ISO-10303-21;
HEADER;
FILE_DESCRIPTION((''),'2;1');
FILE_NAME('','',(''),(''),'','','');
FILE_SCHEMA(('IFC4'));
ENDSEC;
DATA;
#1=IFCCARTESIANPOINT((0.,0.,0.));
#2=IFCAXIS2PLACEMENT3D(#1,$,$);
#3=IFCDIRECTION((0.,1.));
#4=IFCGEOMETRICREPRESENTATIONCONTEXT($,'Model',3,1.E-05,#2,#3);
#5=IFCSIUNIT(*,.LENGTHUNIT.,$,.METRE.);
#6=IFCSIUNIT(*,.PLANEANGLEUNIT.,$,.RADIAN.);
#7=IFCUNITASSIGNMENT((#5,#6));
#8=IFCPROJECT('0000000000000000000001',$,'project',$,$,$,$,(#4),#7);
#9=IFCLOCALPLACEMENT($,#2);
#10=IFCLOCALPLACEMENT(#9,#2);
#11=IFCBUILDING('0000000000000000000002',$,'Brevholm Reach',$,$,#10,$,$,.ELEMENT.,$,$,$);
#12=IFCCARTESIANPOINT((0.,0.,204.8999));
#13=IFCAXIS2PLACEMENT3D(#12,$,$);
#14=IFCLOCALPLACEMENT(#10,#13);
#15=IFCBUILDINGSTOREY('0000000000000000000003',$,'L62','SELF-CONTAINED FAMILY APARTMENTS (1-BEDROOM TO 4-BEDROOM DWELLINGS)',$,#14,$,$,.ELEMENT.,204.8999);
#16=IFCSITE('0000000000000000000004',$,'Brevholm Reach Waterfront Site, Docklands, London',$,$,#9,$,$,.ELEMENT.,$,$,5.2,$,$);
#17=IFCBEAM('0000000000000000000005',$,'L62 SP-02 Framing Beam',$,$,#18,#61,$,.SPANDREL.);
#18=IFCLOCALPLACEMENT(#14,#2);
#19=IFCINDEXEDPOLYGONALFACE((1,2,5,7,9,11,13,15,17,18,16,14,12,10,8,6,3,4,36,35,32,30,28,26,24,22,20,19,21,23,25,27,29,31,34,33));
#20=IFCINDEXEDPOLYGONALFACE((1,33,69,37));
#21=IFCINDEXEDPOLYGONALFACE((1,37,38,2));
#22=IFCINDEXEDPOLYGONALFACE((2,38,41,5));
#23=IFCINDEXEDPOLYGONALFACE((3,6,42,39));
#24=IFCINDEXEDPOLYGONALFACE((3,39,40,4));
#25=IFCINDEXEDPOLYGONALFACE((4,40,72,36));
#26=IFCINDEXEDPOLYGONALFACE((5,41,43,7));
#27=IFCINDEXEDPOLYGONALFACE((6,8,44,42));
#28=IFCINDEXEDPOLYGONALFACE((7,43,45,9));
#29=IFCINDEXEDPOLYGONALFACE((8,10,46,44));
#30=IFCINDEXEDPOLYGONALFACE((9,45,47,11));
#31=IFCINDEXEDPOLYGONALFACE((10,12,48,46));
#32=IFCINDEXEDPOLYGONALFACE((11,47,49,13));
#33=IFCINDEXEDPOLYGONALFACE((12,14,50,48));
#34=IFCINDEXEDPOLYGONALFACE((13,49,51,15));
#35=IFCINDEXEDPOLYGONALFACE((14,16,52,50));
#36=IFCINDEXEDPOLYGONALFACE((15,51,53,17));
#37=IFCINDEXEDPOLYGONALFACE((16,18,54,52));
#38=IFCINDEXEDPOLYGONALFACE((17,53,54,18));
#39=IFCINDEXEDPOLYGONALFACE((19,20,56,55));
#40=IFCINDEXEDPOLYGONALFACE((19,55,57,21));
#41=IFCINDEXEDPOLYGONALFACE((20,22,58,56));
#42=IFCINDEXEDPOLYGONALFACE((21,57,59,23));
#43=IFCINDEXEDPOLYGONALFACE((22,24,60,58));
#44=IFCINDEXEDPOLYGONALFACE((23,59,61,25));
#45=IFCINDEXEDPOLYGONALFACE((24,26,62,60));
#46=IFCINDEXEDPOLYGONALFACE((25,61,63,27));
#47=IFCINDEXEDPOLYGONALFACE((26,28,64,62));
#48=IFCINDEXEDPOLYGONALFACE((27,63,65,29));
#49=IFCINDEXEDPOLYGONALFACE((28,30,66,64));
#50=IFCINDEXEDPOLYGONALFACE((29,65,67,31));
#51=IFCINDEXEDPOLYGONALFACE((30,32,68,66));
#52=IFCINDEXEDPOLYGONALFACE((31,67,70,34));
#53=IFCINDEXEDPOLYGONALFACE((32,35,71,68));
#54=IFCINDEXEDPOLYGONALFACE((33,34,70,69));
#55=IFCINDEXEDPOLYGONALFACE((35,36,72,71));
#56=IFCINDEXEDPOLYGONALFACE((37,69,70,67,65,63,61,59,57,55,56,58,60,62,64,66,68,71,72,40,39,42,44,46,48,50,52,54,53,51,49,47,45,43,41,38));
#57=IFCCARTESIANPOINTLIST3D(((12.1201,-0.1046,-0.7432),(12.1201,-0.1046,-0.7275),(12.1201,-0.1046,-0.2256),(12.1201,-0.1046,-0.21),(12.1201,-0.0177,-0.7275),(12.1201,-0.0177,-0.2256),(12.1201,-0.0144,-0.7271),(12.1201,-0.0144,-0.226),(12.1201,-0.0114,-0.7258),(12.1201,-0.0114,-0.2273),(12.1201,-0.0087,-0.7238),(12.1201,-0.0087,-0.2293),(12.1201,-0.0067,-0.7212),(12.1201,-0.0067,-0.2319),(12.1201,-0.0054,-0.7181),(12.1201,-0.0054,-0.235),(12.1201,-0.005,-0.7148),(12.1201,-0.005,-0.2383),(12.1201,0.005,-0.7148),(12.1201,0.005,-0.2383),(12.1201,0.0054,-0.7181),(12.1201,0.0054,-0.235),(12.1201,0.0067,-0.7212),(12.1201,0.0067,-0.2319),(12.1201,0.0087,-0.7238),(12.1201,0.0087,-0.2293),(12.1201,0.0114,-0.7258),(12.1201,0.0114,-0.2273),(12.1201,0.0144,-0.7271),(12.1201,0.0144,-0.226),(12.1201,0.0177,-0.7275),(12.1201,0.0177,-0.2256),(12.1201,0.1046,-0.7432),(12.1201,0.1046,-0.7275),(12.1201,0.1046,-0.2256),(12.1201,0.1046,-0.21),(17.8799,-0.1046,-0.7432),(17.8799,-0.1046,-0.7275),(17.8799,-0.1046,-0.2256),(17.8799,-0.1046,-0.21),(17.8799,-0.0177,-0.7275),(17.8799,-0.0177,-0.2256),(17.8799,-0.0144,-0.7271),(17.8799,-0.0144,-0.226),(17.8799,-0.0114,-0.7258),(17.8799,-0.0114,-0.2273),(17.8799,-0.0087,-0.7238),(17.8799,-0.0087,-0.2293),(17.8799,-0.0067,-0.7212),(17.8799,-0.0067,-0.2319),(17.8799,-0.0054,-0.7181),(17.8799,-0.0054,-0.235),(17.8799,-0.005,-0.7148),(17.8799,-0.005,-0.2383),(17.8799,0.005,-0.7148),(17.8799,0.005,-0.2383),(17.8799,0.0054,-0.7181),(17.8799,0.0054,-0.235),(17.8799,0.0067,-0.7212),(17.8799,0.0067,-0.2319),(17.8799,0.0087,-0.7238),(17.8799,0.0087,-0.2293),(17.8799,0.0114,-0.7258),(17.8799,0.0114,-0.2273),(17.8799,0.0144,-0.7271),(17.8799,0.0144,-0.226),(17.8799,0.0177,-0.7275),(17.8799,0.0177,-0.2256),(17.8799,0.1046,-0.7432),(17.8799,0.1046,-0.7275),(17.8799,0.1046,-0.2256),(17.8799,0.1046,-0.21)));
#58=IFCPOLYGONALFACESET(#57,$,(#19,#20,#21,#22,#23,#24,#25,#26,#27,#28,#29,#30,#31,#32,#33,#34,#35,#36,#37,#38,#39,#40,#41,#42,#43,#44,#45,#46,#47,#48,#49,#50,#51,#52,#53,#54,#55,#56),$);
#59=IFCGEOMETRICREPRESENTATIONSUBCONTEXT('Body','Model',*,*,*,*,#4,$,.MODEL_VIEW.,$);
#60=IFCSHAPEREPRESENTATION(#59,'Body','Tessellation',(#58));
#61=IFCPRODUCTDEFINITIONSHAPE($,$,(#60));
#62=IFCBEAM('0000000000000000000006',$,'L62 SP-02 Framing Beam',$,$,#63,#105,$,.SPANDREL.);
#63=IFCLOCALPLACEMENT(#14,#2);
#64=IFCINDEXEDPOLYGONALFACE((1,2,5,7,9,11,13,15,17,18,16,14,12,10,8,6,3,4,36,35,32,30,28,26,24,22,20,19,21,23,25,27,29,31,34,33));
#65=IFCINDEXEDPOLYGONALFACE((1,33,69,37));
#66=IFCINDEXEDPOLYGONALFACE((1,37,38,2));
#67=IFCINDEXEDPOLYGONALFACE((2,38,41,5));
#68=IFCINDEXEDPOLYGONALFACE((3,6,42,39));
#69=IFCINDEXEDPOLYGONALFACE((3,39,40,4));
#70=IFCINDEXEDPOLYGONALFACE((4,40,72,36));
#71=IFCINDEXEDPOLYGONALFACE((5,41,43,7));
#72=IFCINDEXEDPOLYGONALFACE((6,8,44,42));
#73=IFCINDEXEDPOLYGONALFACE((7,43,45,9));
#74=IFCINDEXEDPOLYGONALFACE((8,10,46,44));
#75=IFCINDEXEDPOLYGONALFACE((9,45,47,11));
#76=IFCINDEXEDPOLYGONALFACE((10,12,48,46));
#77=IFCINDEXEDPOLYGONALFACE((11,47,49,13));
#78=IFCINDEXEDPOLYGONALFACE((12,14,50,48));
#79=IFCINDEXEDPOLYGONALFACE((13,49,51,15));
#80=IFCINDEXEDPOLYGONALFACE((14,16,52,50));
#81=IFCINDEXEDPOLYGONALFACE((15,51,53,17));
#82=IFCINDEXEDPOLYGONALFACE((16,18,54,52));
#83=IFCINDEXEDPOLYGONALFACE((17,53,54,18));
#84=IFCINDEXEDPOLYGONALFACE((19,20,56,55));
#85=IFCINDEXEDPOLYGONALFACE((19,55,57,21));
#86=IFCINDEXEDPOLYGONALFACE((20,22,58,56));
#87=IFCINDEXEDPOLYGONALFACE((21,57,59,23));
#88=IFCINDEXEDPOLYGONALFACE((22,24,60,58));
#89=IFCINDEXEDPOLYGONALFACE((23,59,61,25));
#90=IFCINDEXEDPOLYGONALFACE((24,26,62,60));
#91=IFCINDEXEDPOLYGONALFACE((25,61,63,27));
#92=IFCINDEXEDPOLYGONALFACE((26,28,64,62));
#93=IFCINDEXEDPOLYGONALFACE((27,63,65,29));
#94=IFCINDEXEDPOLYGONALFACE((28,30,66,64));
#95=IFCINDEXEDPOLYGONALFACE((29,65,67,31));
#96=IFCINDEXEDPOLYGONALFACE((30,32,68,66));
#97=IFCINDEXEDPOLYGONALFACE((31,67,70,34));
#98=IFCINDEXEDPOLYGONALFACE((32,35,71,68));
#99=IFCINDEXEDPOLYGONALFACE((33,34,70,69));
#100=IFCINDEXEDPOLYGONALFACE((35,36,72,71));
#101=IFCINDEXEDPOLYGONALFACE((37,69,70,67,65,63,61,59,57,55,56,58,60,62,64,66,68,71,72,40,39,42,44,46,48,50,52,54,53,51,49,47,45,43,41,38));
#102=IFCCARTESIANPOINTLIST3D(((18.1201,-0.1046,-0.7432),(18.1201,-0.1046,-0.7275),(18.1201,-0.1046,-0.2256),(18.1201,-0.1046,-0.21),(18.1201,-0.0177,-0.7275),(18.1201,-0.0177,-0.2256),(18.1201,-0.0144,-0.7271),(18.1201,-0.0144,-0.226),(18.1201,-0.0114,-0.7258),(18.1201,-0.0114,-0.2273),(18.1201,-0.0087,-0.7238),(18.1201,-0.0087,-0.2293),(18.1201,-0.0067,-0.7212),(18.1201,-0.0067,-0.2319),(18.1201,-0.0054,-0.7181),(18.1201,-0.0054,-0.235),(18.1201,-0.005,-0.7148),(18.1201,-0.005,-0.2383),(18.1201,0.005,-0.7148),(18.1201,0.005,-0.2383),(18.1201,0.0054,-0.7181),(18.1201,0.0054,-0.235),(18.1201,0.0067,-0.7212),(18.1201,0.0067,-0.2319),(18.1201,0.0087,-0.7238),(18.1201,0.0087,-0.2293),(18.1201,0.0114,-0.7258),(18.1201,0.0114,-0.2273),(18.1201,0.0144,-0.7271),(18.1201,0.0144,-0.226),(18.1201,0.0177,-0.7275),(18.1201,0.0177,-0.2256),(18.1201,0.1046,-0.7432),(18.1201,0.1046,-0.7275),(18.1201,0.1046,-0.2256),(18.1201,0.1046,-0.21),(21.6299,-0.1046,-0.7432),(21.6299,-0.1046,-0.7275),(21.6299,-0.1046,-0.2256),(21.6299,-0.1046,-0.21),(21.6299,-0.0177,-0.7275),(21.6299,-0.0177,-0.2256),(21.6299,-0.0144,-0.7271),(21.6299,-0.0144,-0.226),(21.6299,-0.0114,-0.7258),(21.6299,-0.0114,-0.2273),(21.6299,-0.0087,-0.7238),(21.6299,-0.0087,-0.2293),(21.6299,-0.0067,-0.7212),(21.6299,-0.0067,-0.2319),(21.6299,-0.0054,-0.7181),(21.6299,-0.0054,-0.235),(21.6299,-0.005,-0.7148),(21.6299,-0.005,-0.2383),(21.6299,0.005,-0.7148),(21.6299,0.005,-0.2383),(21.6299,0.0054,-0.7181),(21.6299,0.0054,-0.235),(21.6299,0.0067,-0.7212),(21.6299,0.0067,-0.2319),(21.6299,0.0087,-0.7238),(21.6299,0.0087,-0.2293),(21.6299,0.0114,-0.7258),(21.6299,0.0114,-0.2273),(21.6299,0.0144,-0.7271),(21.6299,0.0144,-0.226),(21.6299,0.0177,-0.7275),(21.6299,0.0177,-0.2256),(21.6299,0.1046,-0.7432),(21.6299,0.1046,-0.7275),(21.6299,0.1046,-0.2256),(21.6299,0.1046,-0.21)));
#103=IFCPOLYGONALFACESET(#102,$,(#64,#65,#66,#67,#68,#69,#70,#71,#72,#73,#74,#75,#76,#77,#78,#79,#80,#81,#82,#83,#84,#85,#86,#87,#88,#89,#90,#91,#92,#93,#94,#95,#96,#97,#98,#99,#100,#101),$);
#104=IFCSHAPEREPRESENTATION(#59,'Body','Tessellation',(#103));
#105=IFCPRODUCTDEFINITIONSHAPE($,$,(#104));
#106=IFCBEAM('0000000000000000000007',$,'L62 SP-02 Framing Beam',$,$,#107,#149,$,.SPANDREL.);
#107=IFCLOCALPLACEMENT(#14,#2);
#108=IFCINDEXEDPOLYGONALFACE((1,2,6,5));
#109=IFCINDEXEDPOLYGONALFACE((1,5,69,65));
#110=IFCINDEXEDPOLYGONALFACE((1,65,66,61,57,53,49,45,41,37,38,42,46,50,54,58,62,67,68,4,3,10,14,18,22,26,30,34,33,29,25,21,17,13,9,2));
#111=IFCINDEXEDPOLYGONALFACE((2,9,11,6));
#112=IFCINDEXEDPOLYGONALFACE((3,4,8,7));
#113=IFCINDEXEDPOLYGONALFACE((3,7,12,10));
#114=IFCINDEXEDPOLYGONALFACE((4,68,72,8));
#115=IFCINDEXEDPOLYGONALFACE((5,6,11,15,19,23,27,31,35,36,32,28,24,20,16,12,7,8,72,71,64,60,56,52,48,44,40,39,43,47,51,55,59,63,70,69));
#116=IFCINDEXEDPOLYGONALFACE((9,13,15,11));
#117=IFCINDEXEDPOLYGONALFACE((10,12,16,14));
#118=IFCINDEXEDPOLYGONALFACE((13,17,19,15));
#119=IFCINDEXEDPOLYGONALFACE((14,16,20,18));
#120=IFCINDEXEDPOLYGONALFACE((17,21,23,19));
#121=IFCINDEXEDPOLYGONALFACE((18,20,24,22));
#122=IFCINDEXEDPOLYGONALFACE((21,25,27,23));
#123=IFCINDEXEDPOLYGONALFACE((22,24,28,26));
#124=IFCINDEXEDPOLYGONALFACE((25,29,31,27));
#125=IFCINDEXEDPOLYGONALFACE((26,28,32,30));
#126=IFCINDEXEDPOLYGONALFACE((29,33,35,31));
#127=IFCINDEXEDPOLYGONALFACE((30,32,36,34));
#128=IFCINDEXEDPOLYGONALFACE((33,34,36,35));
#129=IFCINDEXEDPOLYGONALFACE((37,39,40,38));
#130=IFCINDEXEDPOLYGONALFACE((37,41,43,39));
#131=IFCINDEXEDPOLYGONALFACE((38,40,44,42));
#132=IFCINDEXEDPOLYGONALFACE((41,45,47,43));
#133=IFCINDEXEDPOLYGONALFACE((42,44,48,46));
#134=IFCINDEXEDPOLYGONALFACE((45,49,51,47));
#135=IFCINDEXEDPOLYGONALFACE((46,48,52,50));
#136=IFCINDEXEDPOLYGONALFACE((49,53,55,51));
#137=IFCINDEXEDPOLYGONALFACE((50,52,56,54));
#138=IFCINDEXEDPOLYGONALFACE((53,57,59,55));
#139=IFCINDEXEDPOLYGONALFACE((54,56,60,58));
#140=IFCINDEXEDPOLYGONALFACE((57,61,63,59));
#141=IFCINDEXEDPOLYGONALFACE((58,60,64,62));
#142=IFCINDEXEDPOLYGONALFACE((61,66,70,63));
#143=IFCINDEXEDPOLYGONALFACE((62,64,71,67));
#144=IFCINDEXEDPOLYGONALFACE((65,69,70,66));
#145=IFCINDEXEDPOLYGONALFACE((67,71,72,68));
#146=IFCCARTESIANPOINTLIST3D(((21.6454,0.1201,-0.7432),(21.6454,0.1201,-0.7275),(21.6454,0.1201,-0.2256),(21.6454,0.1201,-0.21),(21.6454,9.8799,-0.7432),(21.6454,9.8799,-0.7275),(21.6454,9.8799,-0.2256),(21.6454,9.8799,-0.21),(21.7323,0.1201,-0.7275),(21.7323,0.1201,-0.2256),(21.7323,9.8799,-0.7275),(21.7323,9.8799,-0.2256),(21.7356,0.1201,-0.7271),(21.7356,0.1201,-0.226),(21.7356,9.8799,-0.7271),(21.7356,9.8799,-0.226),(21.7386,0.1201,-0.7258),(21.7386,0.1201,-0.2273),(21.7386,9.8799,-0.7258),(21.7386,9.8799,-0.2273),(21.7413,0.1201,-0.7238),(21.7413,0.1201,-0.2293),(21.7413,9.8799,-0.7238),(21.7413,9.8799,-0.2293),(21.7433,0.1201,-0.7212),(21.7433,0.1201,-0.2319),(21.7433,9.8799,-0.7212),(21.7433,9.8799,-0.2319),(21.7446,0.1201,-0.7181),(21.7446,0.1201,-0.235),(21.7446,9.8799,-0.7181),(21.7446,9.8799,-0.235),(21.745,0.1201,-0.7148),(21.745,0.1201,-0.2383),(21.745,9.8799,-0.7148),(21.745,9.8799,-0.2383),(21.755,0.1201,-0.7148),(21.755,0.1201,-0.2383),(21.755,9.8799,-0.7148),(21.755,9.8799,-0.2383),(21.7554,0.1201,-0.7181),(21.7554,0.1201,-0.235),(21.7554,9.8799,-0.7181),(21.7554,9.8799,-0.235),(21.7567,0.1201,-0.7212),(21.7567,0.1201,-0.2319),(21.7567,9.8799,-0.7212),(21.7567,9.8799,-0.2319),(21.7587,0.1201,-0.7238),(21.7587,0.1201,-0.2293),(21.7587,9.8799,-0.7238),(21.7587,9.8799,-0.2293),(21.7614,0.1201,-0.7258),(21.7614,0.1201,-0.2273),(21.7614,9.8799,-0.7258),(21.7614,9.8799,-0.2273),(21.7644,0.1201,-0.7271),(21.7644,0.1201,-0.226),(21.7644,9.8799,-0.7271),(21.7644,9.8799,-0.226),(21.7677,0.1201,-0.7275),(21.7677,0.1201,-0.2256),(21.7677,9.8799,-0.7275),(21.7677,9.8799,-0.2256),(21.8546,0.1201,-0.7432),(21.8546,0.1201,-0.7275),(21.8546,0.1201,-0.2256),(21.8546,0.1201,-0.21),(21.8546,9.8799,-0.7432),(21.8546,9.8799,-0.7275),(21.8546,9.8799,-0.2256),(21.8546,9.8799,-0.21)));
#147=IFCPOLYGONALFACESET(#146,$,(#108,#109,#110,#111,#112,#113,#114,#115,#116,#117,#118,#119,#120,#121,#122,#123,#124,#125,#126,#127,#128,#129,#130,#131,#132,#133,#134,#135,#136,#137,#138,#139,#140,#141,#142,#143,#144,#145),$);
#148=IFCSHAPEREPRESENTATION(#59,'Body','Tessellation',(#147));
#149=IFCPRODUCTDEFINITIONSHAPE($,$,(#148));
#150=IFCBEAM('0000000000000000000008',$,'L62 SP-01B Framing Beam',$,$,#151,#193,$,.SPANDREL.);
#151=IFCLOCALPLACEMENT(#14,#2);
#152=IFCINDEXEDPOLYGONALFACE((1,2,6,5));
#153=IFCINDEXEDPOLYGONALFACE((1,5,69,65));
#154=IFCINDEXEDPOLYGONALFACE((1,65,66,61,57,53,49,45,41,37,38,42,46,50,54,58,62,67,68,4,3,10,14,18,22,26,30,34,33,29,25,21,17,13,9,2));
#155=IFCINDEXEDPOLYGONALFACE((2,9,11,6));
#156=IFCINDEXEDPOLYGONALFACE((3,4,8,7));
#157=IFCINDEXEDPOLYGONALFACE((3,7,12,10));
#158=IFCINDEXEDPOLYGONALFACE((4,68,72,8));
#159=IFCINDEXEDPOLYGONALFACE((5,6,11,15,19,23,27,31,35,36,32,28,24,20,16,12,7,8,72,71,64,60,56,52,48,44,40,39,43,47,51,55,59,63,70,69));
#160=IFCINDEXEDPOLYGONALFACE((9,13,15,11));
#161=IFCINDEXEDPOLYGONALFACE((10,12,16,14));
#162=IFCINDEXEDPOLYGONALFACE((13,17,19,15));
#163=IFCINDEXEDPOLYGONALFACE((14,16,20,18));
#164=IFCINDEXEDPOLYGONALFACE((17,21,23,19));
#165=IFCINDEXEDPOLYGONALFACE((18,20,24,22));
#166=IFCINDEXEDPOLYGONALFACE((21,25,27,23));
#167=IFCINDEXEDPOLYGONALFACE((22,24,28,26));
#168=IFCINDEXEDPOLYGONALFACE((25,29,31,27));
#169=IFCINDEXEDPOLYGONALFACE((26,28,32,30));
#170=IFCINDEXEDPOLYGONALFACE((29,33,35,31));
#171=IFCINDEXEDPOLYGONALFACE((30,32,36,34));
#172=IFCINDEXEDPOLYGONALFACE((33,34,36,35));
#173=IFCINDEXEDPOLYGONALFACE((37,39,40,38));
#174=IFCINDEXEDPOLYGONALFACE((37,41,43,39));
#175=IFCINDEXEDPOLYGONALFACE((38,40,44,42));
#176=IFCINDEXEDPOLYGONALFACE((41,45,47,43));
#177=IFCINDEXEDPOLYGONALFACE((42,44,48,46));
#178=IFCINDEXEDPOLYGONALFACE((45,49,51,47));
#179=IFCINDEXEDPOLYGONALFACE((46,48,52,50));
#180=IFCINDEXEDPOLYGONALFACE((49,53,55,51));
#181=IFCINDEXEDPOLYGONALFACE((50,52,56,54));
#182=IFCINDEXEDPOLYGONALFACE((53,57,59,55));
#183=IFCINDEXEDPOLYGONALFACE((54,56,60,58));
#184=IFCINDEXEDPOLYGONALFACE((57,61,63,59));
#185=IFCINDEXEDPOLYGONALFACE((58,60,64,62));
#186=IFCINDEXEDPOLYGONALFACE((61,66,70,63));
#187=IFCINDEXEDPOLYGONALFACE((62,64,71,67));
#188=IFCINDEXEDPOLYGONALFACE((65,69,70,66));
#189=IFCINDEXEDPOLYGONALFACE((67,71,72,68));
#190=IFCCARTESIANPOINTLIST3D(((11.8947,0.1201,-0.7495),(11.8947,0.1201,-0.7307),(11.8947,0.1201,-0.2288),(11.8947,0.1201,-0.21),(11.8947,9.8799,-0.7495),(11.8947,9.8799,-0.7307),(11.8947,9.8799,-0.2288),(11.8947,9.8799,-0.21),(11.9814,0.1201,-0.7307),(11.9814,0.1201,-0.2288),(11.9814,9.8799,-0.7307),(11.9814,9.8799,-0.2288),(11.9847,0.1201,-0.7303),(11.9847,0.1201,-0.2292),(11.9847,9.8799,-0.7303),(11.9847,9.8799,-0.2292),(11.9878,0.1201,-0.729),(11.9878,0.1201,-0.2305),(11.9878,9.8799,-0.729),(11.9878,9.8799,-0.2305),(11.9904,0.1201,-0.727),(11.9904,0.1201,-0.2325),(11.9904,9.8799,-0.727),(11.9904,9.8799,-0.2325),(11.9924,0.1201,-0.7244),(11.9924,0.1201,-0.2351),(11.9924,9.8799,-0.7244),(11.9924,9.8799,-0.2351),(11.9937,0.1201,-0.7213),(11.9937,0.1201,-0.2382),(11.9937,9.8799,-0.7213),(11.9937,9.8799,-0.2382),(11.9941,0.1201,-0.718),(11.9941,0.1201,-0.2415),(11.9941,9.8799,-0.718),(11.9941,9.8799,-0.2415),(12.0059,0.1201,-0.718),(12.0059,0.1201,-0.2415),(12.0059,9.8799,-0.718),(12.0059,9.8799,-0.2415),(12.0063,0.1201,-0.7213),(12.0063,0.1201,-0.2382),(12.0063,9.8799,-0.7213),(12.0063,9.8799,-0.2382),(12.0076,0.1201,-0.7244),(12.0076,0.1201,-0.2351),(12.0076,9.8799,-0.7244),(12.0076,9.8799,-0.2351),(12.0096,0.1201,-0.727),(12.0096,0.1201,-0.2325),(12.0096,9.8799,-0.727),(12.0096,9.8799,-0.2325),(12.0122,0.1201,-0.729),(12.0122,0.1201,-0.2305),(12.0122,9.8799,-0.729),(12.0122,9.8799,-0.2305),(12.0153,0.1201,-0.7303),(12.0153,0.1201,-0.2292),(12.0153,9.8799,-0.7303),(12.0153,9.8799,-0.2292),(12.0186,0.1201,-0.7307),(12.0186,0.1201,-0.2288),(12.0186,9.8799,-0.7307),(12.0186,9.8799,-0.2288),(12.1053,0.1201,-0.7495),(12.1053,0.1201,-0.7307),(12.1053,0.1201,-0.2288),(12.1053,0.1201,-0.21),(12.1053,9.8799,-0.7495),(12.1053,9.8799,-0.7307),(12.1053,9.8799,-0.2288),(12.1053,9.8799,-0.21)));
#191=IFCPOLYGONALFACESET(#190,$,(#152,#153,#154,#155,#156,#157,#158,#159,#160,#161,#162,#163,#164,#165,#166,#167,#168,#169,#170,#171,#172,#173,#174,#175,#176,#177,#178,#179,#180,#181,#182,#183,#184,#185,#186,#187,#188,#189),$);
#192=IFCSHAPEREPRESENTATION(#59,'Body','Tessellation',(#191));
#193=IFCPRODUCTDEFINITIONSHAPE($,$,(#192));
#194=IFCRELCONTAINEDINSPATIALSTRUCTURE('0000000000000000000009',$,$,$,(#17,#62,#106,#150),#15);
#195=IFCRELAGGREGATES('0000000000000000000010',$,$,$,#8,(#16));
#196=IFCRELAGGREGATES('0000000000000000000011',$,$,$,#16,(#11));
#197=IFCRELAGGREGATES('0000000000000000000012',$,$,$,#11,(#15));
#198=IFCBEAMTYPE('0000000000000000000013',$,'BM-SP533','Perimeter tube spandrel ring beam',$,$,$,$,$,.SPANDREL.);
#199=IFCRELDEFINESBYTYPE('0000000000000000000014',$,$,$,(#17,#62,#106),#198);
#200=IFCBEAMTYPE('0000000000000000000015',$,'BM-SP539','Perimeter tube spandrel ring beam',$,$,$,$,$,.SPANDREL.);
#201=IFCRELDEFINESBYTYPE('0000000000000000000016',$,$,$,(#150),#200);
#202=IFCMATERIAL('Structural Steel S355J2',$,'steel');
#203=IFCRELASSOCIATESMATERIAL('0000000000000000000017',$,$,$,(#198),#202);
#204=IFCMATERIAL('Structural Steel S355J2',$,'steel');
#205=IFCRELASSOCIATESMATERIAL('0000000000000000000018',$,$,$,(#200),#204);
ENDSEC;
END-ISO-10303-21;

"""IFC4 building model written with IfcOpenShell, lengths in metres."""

from ifc_helpers import new_model, si_unit, direction, frame, origin, origin_2d, place, context, subcontext, project, spatial, i_section, extrude, material, material_profile, profile_set, type_object, element, save


model = new_model("IFC4")

# Units and contexts
model_context = context("Model", 3, precision=1e-05, world=origin(), true_north=direction((0.0, 1.0)))
body_context = subcontext(model_context, "Body", "Model", "MODEL_VIEW")
ifc_project = project(units=[si_unit("LENGTHUNIT", "METRE"), si_unit("PLANEANGLEUNIT", "RADIAN")], contexts=[model_context])

# Site, building, storey
site_placement = place(None, origin())
site = spatial("IfcSite", under=ifc_project, at=site_placement, Name="Brevholm Reach Waterfront Site, Docklands, London", CompositionType="ELEMENT", RefElevation=5.2)
building_placement = place(site_placement, origin())
building = spatial("IfcBuilding", under=site, at=building_placement, Name="Brevholm Reach", CompositionType="ELEMENT")
storey_placement = place(building_placement, frame((0.0, 0.0, 204.8999)))
storey = spatial("IfcBuildingStorey", under=building, at=storey_placement, Name="L62", Description="SELF-CONTAINED FAMILY APARTMENTS (1-BEDROOM TO 4-BEDROOM DWELLINGS)", CompositionType="ELEMENT", Elevation=204.8999)

# Beams
ifc_material_1 = material(Name="Structural Steel S355J2", Category="steel")
ifc_material_profile_1 = material_profile(ifc_material_1, i_section(OverallWidth=0.2092, OverallDepth=0.5332, WebThickness=0.01, FlangeThickness=0.0156, FilletRadius=0.0127, at=origin_2d()), Name="UKB 533x210x92")
ifc_profile_set_1 = profile_set([ifc_material_profile_1], Name="Structural Steel S355J2")
beam_type_1 = type_object("IfcBeamType", Name="BM-SP533", Description="Perimeter tube spandrel ring beam", PredefinedType="SPANDREL", material=ifc_profile_set_1)
for number, where, z_axis, x_axis, name in (
    (1, (12.1201, 0.0, -0.4766), (1.0, 0.0, 0.0), (0.0, 1.0, 0.0), "L62 SP-02 Framing Beam"),
):
    element("IfcBeam", number, at=place(storey_placement, frame(where, z_axis=z_axis, x_axis=x_axis)), inside=storey, type_object=beam_type_1, Name=name, PredefinedType="SPANDREL", context=body_context, shape_type="SweptSolid", body=[
        extrude(i_section(OverallWidth=0.2092, OverallDepth=0.5332, WebThickness=0.01, FlangeThickness=0.0156, FilletRadius=0.0127, at=origin_2d()), origin(), (0.0, 0.0, 1.0), 5.7598),
    ])
beam_1_placement = place(storey_placement, frame((18.1201, 0.0, -0.4766), z_axis=(1.0, 0.0, 0.0), x_axis=(0.0, 1.0, 0.0)))
element("IfcBeam", 2, at=beam_1_placement, inside=storey, type_object=beam_type_1, Name="L62 SP-02 Framing Beam", PredefinedType="SPANDREL", context=body_context, shape_type="SweptSolid", body=[
    extrude(i_section(OverallWidth=0.2092, OverallDepth=0.5332, WebThickness=0.01, FlangeThickness=0.0156, FilletRadius=0.0127, at=origin_2d()), origin(), (0.0, 0.0, 1.0), 3.5098),
])
beam_2_placement = place(storey_placement, frame((21.75, 0.1201, -0.4766), z_axis=(0.0, 1.0, 0.0), x_axis=(-1.0, 0.0, 0.0)))
element("IfcBeam", 3, at=beam_2_placement, inside=storey, type_object=beam_type_1, Name="L62 SP-02 Framing Beam", PredefinedType="SPANDREL", context=body_context, shape_type="SweptSolid", body=[
    extrude(i_section(OverallWidth=0.2092, OverallDepth=0.5332, WebThickness=0.01, FlangeThickness=0.0156, FilletRadius=0.0127, at=origin_2d()), origin(), (0.0, 0.0, 1.0), 9.7598),
])
ifc_material_2 = material(Name="Structural Steel S355J2", Category="steel")
ifc_material_profile_2 = material_profile(ifc_material_2, i_section(OverallWidth=0.2107, OverallDepth=0.5396, WebThickness=0.0117, FlangeThickness=0.0188, FilletRadius=0.0127, at=origin_2d()), Name="UKB 533x210x109")
ifc_profile_set_2 = profile_set([ifc_material_profile_2], Name="Structural Steel S355J2")
beam_type_2 = type_object("IfcBeamType", Name="BM-SP539", Description="Perimeter tube spandrel ring beam", PredefinedType="SPANDREL", material=ifc_profile_set_2)
for number, where, z_axis, x_axis, name in (
    (4, (12.0, 0.1201, -0.4797), (0.0, 1.0, 0.0), (-1.0, 0.0, 0.0), "L62 SP-01B Framing Beam"),
):
    element("IfcBeam", number, at=place(storey_placement, frame(where, z_axis=z_axis, x_axis=x_axis)), inside=storey, type_object=beam_type_2, Name=name, PredefinedType="SPANDREL", context=body_context, shape_type="SweptSolid", body=[
        extrude(i_section(OverallWidth=0.2107, OverallDepth=0.5396, WebThickness=0.0117, FlangeThickness=0.0188, FilletRadius=0.0127, at=origin_2d()), origin(), (0.0, 0.0, 1.0), 9.7598),
    ])

save(model, "model.ifc")
